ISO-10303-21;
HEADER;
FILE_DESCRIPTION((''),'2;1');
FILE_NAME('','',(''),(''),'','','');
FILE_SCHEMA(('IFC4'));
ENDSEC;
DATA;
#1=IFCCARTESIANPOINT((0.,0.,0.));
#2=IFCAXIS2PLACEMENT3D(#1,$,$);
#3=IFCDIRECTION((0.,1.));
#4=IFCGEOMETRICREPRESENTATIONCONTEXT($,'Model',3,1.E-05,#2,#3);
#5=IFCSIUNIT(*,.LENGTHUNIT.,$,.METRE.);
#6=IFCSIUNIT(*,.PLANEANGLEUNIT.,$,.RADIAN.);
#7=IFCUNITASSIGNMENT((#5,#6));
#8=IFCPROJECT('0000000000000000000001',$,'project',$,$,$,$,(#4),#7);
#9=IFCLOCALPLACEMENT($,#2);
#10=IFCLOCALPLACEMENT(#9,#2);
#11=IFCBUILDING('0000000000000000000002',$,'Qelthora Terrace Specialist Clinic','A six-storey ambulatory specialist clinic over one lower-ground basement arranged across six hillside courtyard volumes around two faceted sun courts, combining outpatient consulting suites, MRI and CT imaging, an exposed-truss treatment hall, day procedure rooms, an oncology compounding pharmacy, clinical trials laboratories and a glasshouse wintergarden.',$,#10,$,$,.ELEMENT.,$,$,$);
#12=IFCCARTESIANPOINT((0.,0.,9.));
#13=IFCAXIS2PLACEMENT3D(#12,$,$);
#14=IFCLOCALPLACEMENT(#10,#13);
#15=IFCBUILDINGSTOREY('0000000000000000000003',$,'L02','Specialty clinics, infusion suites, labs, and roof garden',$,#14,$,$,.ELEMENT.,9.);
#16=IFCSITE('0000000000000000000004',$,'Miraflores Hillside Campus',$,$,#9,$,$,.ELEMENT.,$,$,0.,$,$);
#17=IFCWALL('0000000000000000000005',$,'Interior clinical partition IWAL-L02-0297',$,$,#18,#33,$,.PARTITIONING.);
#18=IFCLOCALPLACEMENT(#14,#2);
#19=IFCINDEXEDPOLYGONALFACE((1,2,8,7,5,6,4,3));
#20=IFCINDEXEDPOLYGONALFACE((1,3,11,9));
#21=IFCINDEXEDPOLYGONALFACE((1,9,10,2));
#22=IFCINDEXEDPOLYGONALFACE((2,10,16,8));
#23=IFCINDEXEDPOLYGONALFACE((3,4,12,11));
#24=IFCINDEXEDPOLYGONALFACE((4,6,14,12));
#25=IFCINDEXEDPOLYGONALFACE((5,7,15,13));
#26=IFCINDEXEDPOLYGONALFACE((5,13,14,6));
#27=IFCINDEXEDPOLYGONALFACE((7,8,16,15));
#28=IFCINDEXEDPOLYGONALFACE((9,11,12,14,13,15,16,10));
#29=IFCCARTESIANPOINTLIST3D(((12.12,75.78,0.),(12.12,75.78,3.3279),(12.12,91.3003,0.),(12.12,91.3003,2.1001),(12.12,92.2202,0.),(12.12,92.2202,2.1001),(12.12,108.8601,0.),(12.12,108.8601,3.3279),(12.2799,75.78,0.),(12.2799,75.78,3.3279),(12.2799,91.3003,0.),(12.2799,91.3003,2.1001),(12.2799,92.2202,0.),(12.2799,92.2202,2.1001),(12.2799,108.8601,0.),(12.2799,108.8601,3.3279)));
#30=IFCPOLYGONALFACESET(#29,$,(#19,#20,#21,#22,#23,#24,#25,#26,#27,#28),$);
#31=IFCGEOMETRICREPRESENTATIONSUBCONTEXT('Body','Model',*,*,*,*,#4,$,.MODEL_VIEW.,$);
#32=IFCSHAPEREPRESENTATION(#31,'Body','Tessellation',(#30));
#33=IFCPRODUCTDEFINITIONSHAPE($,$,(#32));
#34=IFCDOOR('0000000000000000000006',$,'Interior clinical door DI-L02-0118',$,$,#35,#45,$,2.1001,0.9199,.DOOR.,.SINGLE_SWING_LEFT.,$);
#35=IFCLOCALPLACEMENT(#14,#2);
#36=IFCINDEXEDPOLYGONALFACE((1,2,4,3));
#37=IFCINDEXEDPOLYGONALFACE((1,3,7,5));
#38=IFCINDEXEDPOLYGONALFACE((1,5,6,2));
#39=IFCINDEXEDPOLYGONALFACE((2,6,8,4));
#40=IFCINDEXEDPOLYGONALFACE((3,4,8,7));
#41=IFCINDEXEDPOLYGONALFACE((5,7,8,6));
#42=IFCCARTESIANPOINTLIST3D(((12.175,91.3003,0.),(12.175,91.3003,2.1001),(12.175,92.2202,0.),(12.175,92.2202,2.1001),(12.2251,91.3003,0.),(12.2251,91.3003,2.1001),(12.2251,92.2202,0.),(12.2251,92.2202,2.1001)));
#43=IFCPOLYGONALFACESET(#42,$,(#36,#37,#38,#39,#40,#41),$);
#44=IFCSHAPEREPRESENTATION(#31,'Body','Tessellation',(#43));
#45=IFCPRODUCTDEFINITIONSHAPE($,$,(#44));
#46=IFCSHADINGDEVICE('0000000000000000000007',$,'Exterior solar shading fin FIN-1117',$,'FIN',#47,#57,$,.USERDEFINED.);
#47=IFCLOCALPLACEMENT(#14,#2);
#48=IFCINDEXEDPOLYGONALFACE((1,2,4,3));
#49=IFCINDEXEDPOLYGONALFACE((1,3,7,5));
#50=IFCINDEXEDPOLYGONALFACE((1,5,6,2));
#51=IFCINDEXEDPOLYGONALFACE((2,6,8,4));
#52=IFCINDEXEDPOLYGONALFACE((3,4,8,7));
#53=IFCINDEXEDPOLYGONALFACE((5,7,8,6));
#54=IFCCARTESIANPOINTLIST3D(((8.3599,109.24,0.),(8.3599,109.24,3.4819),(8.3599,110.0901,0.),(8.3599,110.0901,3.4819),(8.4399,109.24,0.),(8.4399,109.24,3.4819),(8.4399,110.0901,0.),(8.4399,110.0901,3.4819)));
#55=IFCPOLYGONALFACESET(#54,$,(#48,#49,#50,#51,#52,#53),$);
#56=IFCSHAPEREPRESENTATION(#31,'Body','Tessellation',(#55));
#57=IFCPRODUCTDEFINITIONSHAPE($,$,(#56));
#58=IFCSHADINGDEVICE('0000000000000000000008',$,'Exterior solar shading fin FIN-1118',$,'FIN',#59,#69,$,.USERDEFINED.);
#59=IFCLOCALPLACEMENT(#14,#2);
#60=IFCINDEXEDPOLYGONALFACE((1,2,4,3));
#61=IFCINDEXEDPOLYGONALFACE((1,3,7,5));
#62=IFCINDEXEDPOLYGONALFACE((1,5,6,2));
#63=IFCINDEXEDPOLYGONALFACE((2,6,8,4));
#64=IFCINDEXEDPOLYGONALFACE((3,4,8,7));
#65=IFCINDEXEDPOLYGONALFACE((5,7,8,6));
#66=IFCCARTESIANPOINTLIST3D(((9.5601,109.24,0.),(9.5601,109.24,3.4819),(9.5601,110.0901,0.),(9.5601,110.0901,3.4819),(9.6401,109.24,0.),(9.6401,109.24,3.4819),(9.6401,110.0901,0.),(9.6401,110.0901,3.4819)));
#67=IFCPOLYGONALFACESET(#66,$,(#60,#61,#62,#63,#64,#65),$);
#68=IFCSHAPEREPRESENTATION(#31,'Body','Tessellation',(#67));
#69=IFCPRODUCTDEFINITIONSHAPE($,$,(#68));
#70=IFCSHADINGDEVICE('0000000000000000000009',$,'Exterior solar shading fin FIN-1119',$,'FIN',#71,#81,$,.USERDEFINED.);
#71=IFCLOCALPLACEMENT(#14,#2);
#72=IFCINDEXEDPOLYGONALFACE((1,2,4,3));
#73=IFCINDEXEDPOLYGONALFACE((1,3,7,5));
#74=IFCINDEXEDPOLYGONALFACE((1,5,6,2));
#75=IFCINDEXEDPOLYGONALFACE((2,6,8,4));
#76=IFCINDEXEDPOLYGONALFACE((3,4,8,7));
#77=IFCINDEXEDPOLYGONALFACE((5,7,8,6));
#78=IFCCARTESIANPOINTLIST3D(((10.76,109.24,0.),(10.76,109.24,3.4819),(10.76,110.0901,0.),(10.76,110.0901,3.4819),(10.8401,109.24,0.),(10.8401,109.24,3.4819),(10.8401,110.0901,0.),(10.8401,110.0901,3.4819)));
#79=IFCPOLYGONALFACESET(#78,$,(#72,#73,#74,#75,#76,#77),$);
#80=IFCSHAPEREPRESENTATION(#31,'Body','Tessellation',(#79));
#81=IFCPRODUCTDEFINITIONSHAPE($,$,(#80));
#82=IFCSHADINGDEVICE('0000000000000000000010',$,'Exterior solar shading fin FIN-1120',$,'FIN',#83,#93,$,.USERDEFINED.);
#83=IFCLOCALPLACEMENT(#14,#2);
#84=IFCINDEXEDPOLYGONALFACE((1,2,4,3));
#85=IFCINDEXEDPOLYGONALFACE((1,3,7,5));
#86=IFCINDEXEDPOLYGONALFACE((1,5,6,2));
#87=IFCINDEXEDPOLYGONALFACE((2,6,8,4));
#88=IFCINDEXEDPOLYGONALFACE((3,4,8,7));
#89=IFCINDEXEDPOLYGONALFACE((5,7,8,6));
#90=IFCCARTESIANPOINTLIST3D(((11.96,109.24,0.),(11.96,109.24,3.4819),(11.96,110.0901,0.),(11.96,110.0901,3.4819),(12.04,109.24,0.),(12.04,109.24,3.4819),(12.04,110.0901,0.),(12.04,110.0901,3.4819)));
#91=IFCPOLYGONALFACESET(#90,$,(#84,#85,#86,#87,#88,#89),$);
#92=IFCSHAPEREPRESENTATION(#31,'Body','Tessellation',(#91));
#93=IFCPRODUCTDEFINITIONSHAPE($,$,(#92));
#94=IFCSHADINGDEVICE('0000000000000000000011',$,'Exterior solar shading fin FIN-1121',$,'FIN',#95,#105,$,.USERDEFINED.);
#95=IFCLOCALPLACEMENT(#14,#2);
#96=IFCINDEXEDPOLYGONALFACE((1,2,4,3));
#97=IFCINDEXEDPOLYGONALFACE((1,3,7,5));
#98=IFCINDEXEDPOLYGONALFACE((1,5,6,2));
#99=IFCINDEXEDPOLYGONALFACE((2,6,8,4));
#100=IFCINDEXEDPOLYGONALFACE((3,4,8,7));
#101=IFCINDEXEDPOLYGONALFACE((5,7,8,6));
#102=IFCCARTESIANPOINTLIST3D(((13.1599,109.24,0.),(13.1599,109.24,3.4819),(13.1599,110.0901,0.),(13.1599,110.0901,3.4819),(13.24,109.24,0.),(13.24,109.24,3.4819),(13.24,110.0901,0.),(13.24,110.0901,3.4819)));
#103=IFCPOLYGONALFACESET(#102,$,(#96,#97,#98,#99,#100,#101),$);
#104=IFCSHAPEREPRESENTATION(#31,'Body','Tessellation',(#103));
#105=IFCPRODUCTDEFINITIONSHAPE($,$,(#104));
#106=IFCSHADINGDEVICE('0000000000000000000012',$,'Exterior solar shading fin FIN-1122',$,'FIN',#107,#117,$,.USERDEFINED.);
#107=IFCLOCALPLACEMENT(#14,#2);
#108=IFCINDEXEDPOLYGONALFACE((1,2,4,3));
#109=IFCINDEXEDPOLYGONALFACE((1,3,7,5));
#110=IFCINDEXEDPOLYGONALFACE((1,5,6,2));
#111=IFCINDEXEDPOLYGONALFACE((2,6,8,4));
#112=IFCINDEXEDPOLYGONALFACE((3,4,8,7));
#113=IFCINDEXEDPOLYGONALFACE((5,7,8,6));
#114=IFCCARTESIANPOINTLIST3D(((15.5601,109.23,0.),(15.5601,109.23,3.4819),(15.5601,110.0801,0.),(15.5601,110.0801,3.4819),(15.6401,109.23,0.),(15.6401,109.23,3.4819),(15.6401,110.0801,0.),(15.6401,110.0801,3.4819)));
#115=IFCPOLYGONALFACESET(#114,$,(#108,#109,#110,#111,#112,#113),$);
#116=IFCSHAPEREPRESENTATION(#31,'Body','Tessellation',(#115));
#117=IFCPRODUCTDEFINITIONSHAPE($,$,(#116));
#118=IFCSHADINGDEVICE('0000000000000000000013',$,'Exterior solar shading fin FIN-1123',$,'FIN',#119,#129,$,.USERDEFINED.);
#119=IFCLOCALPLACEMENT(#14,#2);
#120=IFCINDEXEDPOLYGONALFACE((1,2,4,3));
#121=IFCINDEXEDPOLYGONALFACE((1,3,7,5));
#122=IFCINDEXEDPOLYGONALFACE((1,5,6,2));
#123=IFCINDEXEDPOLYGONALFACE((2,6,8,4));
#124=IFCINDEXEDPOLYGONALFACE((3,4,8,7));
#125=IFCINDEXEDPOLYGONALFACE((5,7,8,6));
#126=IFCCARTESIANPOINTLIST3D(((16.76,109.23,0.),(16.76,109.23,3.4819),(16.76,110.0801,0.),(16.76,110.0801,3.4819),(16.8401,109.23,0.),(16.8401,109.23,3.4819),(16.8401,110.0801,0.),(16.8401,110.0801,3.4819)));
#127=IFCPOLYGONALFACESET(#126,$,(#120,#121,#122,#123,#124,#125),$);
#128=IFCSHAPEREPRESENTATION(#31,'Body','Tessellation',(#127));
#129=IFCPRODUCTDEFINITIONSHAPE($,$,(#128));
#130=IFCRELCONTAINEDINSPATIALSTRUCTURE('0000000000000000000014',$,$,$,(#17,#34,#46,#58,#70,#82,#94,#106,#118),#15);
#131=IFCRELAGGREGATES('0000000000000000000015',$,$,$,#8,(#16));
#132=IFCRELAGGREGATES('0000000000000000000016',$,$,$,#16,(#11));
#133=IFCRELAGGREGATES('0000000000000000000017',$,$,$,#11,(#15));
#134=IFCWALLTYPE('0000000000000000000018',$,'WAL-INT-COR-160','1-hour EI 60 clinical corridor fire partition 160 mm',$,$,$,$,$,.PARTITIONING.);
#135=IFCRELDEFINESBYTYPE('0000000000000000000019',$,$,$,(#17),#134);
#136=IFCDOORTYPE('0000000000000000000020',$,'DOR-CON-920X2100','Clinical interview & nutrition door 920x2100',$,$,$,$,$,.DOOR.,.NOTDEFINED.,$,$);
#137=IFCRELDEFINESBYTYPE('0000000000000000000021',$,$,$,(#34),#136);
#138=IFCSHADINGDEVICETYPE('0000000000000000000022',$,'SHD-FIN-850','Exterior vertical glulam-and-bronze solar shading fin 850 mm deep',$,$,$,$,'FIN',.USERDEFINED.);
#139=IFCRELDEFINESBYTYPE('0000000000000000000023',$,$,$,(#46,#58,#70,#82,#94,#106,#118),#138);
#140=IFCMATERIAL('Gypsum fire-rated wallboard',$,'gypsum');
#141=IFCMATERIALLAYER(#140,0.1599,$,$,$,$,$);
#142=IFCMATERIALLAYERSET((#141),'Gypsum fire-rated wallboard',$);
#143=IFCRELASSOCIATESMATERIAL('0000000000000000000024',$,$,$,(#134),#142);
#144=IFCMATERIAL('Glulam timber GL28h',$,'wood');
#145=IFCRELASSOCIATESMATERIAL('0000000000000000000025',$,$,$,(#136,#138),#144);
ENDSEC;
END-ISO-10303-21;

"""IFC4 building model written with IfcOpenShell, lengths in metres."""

from ifc_helpers import new_model, si_unit, direction, frame, frame_2d, origin, origin_2d, place, context, subcontext, project, spatial, rectangle, extrude, material, layer, layer_set, type_object, element, fill, save


model = new_model("IFC4")

# Units and contexts
model_context = context("Model", 3, precision=1e-05, world=origin(), true_north=direction((0.0, 1.0)))
body_context = subcontext(model_context, "Body", "Model", "MODEL_VIEW")
ifc_project = project(units=[si_unit("LENGTHUNIT", "METRE"), si_unit("PLANEANGLEUNIT", "RADIAN")], contexts=[model_context])

# Site, building, storey
site_placement = place(None, origin())
site = spatial("IfcSite", under=ifc_project, at=site_placement, Name="Miraflores Hillside Campus", CompositionType="ELEMENT", RefElevation=0.0)
building_placement = place(site_placement, origin())
building = spatial("IfcBuilding", under=site, at=building_placement, Name="Qelthora Terrace Specialist Clinic", Description="A six-storey ambulatory specialist clinic over one lower-ground basement arranged across six hillside courtyard volumes around two faceted sun courts, combining outpatient consulting suites, MRI and CT imaging, an exposed-truss treatment hall, day procedure rooms, an oncology compounding pharmacy, clinical trials laboratories and a glasshouse wintergarden.", CompositionType="ELEMENT")
storey_placement = place(building_placement, frame((0.0, 0.0, 9.0)))
storey = spatial("IfcBuildingStorey", under=building, at=storey_placement, Name="L02", Description="Specialty clinics, infusion suites, labs, and roof garden", CompositionType="ELEMENT", Elevation=9.0)

# Wall, opening, door
ifc_material_1 = material(Name="Gypsum fire-rated wallboard", Category="gypsum")
ifc_layer_1 = layer(ifc_material_1, 0.1599)
ifc_layer_set_1 = layer_set([ifc_layer_1], Name="Gypsum fire-rated wallboard")
wall_type_1 = type_object("IfcWallType", Name="WAL-INT-COR-160", Description="1-hour EI 60 clinical corridor fire partition 160 mm", PredefinedType="PARTITIONING", material=ifc_layer_set_1)
wall_1_placement = place(storey_placement, frame((12.2, 108.8601, 0.0), z_axis=(0.0, 0.0, 1.0), x_axis=(0.0, -1.0, 0.0)))
wall_1 = element("IfcWall", 1, at=wall_1_placement, inside=storey, type_object=wall_type_1, Name="Interior clinical partition IWAL-L02-0297", PredefinedType="PARTITIONING", context=body_context, shape_type="SweptSolid", body=[
    extrude(rectangle(XDim=33.0801, YDim=0.1599, at=frame_2d((16.54, 0.0))), origin(), (0.0, 0.0, 1.0), 3.3279),
])
opening_1_placement = place(wall_1_placement, frame((16.6399, 0.0, 0.0)))
opening_1 = element("IfcOpeningElement", 2, at=opening_1_placement, cuts=wall_1, PredefinedType="OPENING", context=body_context, shape_type="SweptSolid", body=[
    extrude(rectangle(XDim=0.9199, YDim=2.1001, at=frame_2d((0.46, 1.05))), frame((0.0, 0.0898, 0.0), z_axis=(0.0, -1.0, 0.0), x_axis=(1.0, 0.0, 0.0)), (0.0, 0.0, 1.0), 0.1799),
])
ifc_material_2 = material(Name="Glulam timber GL28h", Category="wood")
door_type_1 = type_object("IfcDoorType", Name="DOR-CON-920X2100", Description="Clinical interview & nutrition door 920x2100", OperationType="NOTDEFINED", PredefinedType="DOOR", material=ifc_material_2)
door_1_placement = place(opening_1_placement, frame((0.9199, 0.0, 0.0), z_axis=(0.0, 0.0, 1.0), x_axis=(-1.0, 0.0, 0.0)))
door_1 = element("IfcDoor", 3, at=door_1_placement, inside=storey, type_object=door_type_1, Name="Interior clinical door DI-L02-0118", OperationType="SINGLE_SWING_LEFT", OverallHeight=2.1001, OverallWidth=0.9199, PredefinedType="DOOR", context=body_context, shape_type="SweptSolid", body=[
    extrude(rectangle(XDim=0.9199, YDim=2.1001, at=frame_2d((0.46, 1.05))), frame((0.0, 0.0249, 0.0), z_axis=(0.0, -1.0, 0.0), x_axis=(1.0, 0.0, 0.0)), (0.0, 0.0, 1.0), 0.05),
])
fill(opening_1, door_1)

# Shading devices
shading_device_type = type_object("IfcShadingDeviceType", Name="SHD-FIN-850", Description="Exterior vertical glulam-and-bronze solar shading fin 850 mm deep", ElementType="FIN", PredefinedType="USERDEFINED", material=ifc_material_2)
for number, where, z_axis, x_axis, name in (
    (4, (8.3999, 109.665, 0.0), (0.0, 0.0, 1.0), (0.0, 1.0, 0.0), "Exterior solar shading fin FIN-1117"),
    (5, (9.6001, 109.665, 0.0), (0.0, 0.0, 1.0), (0.0, 1.0, 0.0), "Exterior solar shading fin FIN-1118"),
    (6, (10.8, 109.665, 0.0), (0.0, 0.0, 1.0), (0.0, 1.0, 0.0), "Exterior solar shading fin FIN-1119"),
    (7, (12.0, 109.665, 0.0), (0.0, 0.0, 1.0), (0.0, 1.0, 0.0), "Exterior solar shading fin FIN-1120"),
    (8, (13.2, 109.665, 0.0), (0.0, 0.0, 1.0), (0.0, 1.0, 0.0), "Exterior solar shading fin FIN-1121"),
    (9, (15.6001, 109.655, 0.0), (0.0, 0.0, 1.0), (0.0, 1.0, 0.0), "Exterior solar shading fin FIN-1122"),
    (10, (16.8, 109.655, 0.0), (0.0, 0.0, 1.0), (0.0, 1.0, 0.0), "Exterior solar shading fin FIN-1123"),
):
    element("IfcShadingDevice", number, at=place(storey_placement, frame(where, z_axis=z_axis, x_axis=x_axis)), inside=storey, type_object=shading_device_type, Name=name, ObjectType="FIN", PredefinedType="USERDEFINED", context=body_context, shape_type="SweptSolid", body=[
        extrude(rectangle(XDim=0.8501, YDim=0.0801, at=origin_2d()), origin(), (0.0, 0.0, 1.0), 3.4819),
    ])

save(model, "model.ifc")
